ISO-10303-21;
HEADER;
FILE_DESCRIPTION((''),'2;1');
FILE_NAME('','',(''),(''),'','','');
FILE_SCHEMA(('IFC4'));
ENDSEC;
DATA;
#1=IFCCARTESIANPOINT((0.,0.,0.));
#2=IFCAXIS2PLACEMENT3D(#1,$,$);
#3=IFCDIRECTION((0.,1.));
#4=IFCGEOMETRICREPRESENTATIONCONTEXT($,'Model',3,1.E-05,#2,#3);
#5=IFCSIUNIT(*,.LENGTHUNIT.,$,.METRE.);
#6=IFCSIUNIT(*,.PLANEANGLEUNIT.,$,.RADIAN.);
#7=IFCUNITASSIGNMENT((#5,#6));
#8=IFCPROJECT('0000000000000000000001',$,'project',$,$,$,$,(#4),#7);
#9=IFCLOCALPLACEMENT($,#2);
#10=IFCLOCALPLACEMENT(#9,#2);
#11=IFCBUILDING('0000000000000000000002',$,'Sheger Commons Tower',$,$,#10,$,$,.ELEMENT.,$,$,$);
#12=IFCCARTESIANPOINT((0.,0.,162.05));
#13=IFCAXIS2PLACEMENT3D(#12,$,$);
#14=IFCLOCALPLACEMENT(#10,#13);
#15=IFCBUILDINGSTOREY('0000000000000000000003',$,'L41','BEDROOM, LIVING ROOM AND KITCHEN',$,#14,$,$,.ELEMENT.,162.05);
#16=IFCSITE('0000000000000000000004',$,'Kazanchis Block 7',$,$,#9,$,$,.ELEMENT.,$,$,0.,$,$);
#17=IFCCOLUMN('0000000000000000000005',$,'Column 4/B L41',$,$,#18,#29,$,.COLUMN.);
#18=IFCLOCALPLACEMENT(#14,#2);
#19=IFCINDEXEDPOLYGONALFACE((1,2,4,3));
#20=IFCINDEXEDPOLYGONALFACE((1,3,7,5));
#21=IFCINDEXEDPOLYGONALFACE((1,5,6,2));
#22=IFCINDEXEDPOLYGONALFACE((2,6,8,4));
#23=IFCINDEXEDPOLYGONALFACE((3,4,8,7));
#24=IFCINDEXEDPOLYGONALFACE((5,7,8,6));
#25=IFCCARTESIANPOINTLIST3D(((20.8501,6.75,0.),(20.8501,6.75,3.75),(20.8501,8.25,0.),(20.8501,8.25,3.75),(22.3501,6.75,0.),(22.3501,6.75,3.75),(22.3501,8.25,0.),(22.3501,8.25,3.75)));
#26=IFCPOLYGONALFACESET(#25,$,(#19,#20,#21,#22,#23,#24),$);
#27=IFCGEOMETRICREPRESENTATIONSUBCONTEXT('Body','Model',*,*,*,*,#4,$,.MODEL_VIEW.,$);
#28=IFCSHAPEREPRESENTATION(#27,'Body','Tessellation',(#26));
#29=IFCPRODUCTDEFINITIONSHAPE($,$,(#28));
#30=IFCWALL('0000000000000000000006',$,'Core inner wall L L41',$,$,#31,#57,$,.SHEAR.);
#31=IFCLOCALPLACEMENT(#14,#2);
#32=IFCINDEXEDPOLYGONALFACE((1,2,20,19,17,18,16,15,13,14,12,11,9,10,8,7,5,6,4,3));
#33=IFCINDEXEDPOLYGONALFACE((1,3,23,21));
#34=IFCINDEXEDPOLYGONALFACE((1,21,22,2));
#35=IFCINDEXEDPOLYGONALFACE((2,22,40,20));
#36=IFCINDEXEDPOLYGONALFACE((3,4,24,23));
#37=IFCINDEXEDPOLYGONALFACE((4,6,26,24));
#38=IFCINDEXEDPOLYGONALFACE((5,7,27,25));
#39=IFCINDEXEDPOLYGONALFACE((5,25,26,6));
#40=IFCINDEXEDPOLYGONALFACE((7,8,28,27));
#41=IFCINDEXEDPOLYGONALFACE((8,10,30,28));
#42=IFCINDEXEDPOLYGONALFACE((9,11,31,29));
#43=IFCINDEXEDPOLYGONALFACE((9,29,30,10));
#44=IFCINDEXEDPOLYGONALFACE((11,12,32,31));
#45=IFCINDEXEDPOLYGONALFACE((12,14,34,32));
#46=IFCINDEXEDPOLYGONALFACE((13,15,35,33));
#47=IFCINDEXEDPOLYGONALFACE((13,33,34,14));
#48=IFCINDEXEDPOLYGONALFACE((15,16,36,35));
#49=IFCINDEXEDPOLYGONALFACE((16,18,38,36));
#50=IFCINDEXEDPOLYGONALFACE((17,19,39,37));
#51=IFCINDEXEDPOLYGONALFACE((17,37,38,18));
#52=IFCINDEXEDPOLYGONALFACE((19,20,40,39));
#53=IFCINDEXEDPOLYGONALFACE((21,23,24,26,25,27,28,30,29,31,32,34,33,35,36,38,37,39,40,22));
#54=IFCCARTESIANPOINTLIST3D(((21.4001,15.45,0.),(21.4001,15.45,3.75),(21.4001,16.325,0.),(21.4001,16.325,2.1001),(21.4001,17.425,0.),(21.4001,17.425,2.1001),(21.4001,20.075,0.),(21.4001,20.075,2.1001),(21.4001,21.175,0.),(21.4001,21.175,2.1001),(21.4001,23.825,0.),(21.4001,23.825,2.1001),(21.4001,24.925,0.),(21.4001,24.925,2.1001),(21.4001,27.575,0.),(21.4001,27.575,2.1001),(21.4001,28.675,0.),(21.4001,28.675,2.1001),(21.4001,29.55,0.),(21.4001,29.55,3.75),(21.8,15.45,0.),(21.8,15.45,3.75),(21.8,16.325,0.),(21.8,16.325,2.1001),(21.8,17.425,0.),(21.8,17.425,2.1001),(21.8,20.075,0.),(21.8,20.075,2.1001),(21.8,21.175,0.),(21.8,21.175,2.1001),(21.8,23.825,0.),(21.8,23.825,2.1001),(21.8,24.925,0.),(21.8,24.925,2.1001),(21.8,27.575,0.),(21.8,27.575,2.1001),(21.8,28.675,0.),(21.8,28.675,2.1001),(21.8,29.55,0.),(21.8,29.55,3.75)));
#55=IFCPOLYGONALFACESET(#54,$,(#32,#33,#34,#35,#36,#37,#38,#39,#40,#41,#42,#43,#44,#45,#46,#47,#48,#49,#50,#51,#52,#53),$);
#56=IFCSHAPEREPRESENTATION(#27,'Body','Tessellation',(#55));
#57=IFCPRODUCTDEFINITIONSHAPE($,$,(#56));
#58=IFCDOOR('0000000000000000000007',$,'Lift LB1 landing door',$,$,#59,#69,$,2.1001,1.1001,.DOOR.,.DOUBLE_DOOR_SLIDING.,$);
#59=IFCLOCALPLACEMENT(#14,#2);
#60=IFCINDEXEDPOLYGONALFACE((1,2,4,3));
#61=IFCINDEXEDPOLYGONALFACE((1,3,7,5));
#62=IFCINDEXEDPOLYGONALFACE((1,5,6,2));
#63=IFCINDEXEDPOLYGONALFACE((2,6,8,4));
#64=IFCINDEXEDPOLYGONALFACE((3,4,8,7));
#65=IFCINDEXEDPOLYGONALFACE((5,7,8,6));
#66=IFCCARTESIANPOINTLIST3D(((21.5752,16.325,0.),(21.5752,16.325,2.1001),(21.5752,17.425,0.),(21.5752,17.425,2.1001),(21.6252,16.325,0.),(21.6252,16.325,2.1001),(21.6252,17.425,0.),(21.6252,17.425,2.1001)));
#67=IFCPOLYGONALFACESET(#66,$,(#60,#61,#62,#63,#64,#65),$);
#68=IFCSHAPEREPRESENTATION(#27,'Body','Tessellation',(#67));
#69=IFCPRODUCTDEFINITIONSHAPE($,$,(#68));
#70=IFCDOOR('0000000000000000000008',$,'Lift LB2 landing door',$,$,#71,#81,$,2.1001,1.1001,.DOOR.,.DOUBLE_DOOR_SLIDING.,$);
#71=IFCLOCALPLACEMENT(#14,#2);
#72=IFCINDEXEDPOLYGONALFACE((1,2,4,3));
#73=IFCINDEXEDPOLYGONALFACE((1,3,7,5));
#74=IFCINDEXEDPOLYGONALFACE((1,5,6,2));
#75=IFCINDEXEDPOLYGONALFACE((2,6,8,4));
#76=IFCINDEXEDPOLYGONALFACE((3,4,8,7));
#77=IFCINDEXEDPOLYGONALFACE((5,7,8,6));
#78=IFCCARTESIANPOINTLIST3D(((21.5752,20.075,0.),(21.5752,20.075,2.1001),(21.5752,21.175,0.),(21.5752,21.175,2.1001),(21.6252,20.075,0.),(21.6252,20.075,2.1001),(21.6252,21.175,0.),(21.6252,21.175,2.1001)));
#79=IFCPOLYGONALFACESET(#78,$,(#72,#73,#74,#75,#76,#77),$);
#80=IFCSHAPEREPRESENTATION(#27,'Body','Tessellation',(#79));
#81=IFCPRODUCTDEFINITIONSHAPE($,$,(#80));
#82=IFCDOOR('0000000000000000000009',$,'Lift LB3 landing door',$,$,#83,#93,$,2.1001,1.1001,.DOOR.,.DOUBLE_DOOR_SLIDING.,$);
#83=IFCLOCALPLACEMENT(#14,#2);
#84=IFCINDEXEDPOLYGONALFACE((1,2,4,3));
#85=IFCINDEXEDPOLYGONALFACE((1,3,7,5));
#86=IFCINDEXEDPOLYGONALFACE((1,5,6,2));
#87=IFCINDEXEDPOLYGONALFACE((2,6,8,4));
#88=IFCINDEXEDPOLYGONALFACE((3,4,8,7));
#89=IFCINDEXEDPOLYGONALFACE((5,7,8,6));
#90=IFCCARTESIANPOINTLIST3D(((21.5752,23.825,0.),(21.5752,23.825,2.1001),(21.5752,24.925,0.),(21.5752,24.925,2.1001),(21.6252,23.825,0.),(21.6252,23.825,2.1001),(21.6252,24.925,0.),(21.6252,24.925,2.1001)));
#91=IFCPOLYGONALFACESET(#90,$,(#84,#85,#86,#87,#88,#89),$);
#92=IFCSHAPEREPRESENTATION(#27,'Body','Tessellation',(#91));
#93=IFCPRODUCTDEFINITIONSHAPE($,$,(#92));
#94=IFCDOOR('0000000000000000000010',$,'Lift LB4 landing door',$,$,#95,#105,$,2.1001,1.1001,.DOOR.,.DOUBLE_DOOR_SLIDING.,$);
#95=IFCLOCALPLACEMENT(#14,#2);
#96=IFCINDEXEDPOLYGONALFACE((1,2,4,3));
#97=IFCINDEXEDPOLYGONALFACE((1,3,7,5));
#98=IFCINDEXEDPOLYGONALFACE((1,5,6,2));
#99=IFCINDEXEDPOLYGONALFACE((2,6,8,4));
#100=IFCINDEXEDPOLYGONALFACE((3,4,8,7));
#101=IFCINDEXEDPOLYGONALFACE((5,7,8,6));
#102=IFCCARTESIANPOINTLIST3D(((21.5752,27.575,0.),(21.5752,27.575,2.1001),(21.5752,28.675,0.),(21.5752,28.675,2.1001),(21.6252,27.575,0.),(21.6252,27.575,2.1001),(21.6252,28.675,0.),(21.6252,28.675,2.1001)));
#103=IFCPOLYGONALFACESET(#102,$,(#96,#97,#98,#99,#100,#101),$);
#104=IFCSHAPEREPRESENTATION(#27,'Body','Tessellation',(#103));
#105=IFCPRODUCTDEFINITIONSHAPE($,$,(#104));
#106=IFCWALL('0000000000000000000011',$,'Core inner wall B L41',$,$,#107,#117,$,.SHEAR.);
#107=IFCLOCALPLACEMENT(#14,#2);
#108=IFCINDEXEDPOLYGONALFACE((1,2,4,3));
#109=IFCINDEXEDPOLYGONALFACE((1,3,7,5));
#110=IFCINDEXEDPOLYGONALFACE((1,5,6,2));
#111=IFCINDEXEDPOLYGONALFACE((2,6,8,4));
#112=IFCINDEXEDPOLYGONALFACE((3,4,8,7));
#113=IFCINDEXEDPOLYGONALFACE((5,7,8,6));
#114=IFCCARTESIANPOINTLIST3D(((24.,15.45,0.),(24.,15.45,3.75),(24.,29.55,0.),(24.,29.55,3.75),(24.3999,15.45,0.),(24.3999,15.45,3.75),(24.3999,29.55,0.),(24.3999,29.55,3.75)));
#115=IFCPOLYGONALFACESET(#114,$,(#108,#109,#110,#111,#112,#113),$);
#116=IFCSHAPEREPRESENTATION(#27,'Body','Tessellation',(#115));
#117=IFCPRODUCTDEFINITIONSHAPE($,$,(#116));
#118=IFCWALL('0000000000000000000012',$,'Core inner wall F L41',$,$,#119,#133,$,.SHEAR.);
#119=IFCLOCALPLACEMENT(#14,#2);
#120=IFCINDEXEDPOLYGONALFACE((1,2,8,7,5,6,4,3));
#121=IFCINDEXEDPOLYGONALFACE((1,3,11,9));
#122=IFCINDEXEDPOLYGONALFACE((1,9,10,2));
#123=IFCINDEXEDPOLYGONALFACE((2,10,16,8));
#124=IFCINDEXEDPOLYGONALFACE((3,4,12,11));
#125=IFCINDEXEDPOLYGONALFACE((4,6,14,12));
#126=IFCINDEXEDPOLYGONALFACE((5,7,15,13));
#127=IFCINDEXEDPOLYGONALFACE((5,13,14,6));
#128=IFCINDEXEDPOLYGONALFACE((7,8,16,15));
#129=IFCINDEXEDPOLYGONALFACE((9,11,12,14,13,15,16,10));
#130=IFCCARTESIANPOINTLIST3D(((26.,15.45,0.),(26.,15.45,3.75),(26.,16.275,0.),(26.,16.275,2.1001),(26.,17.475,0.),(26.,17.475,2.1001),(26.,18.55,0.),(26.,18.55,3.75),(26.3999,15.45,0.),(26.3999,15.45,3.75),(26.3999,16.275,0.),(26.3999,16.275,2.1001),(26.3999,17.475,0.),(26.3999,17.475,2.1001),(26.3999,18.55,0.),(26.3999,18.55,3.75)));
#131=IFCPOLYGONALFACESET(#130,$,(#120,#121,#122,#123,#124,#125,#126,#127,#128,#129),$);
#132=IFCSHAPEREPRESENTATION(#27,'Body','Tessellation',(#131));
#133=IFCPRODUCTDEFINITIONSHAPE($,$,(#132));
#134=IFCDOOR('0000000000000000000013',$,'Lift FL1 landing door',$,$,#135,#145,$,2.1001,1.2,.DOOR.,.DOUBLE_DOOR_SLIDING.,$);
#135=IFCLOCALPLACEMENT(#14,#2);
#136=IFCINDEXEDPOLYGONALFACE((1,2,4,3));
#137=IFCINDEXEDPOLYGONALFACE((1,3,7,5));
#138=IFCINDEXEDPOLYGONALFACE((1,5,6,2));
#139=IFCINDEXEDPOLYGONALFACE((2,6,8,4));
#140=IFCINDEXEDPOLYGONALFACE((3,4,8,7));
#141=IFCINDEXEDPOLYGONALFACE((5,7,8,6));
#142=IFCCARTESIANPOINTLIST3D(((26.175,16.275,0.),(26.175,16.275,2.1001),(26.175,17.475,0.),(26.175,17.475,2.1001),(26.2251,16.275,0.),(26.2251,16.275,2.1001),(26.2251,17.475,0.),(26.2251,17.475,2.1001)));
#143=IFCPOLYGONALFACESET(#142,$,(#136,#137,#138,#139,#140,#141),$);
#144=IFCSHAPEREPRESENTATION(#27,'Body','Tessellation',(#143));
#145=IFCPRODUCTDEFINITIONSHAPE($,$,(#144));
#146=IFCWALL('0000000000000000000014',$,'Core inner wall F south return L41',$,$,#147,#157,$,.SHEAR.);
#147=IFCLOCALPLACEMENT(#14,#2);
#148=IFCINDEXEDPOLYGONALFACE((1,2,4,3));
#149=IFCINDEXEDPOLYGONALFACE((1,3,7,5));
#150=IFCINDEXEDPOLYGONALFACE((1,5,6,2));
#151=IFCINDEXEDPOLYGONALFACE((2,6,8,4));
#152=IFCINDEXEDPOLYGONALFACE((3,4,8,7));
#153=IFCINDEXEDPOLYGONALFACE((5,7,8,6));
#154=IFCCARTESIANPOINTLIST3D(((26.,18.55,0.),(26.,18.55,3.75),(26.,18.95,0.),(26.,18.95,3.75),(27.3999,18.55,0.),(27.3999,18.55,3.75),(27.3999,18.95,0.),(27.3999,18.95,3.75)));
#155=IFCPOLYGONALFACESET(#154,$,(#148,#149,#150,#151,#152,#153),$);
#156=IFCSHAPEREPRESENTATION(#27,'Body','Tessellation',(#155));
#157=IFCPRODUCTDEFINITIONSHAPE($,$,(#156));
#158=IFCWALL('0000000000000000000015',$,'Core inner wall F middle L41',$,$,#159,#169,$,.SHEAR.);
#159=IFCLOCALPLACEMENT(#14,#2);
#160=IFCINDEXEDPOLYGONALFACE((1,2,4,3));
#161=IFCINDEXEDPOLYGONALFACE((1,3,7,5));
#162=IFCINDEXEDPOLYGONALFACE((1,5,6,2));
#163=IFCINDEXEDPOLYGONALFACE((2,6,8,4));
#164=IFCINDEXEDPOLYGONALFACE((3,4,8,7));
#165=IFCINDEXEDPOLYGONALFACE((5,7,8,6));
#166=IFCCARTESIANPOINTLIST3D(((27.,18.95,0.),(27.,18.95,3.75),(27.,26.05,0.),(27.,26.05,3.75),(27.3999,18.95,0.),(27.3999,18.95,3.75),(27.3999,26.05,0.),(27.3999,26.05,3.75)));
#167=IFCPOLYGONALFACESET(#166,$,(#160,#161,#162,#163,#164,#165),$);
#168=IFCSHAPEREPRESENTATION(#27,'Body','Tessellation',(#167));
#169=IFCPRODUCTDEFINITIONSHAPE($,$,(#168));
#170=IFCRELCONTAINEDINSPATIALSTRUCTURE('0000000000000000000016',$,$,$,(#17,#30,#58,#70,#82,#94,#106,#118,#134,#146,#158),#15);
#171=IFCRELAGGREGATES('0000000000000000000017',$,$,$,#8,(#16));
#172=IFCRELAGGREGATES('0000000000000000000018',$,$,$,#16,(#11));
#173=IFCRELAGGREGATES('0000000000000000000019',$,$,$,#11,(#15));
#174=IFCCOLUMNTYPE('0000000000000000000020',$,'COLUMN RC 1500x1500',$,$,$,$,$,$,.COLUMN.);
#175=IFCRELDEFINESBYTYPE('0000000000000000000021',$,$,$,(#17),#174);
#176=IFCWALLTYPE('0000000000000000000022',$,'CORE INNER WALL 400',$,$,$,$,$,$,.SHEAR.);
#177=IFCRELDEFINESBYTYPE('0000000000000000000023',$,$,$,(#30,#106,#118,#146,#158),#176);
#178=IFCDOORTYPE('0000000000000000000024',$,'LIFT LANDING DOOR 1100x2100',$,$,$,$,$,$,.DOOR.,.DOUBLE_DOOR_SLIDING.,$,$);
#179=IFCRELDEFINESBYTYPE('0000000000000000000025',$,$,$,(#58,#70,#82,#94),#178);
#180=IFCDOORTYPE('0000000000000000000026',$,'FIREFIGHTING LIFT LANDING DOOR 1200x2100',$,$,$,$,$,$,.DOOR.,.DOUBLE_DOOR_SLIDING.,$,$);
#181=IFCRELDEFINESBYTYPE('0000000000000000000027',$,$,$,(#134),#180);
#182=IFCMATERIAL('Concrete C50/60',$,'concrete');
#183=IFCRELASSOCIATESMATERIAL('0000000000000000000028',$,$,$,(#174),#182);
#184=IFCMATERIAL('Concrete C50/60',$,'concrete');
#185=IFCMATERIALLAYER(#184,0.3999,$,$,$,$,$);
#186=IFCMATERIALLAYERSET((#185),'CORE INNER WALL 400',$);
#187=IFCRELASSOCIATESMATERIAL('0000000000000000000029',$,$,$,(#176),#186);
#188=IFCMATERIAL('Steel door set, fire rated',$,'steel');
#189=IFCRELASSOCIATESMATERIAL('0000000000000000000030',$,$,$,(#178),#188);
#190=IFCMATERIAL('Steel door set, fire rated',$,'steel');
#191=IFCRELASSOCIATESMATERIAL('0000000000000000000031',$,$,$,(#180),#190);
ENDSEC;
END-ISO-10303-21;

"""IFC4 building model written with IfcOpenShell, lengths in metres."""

from ifc_helpers import new_model, si_unit, direction, frame, frame_2d, origin, origin_2d, place, context, subcontext, project, spatial, rectangle, extrude, material, layer, layer_set, material_profile, profile_set, type_object, element, fill, save


model = new_model("IFC4")

# Units and contexts
model_context = context("Model", 3, precision=1e-05, world=origin(), true_north=direction((0.0, 1.0)))
body_context = subcontext(model_context, "Body", "Model", "MODEL_VIEW")
ifc_project = project(units=[si_unit("LENGTHUNIT", "METRE"), si_unit("PLANEANGLEUNIT", "RADIAN")], contexts=[model_context])

# Site, building, storey
site_placement = place(None, origin())
site = spatial("IfcSite", under=ifc_project, at=site_placement, Name="Kazanchis Block 7", CompositionType="ELEMENT", RefElevation=0.0)
building_placement = place(site_placement, origin())
building = spatial("IfcBuilding", under=site, at=building_placement, Name="Sheger Commons Tower", CompositionType="ELEMENT")
storey_placement = place(building_placement, frame((0.0, 0.0, 162.05)))
storey = spatial("IfcBuildingStorey", under=building, at=storey_placement, Name="L41", Description="BEDROOM, LIVING ROOM AND KITCHEN", CompositionType="ELEMENT", Elevation=162.05)

# Column
ifc_material_1 = material(Name="Concrete C50/60", Category="concrete")
ifc_material_profile = material_profile(ifc_material_1, rectangle(XDim=1.5, YDim=1.5, at=origin_2d()), Name="RC 1500x1500")
ifc_profile_set = profile_set([ifc_material_profile], Name="Concrete C50/60")
column_type = type_object("IfcColumnType", Name="COLUMN RC 1500x1500", PredefinedType="COLUMN", material=ifc_profile_set)
column_placement = place(storey_placement, frame((21.6001, 7.5, 0.0), z_axis=(0.0, 0.0, 1.0), x_axis=(1.0, 0.0, 0.0)))
element("IfcColumn", 1, at=column_placement, inside=storey, type_object=column_type, Name="Column 4/B L41", PredefinedType="COLUMN", context=body_context, shape_type="SweptSolid", body=[
    extrude(rectangle(XDim=1.5, YDim=1.5, at=origin_2d()), origin(), (0.0, 0.0, 1.0), 3.75),
])

# Wall, openings, doors
ifc_material_2 = material(Name="Concrete C50/60", Category="concrete")
ifc_layer_1 = layer(ifc_material_2, 0.3999)
ifc_layer_set_1 = layer_set([ifc_layer_1], Name="CORE INNER WALL 400")
wall_type_1 = type_object("IfcWallType", Name="CORE INNER WALL 400", PredefinedType="SHEAR", material=ifc_layer_set_1)
wall_1_placement = place(storey_placement, frame((21.6001, 15.45, 0.0), z_axis=(0.0, 0.0, 1.0), x_axis=(0.0, 1.0, 0.0)))
wall_1 = element("IfcWall", 2, at=wall_1_placement, inside=storey, type_object=wall_type_1, Name="Core inner wall L L41", PredefinedType="SHEAR", context=body_context, shape_type="SweptSolid", body=[
    extrude(rectangle(XDim=14.1001, YDim=0.3999, at=frame_2d((7.05, 0.0))), origin(), (0.0, 0.0, 1.0), 3.75),
])
opening_1_placement = place(wall_1_placement, frame((0.875, 0.0, 0.0)))
opening_1 = element("IfcOpeningElement", 3, at=opening_1_placement, cuts=wall_1, PredefinedType="OPENING", context=body_context, shape_type="SweptSolid", body=[
    extrude(rectangle(XDim=1.1001, YDim=2.1001, at=frame_2d((0.55, 1.05))), frame((0.0, 0.21, 0.0), z_axis=(0.0, -1.0, 0.0), x_axis=(1.0, 0.0, 0.0)), (0.0, 0.0, 1.0), 0.4199),
])
opening_2_placement = place(wall_1_placement, frame((4.625, 0.0, 0.0)))
opening_2 = element("IfcOpeningElement", 4, at=opening_2_placement, cuts=wall_1, PredefinedType="OPENING", context=body_context, shape_type="SweptSolid", body=[
    extrude(rectangle(XDim=1.1001, YDim=2.1001, at=frame_2d((0.55, 1.05))), frame((0.0, 0.21, 0.0), z_axis=(0.0, -1.0, 0.0), x_axis=(1.0, 0.0, 0.0)), (0.0, 0.0, 1.0), 0.4199),
])
opening_3_placement = place(wall_1_placement, frame((8.375, 0.0, 0.0)))
opening_3 = element("IfcOpeningElement", 5, at=opening_3_placement, cuts=wall_1, PredefinedType="OPENING", context=body_context, shape_type="SweptSolid", body=[
    extrude(rectangle(XDim=1.1001, YDim=2.1001, at=frame_2d((0.55, 1.05))), frame((0.0, 0.21, 0.0), z_axis=(0.0, -1.0, 0.0), x_axis=(1.0, 0.0, 0.0)), (0.0, 0.0, 1.0), 0.4199),
])
opening_4_placement = place(wall_1_placement, frame((12.125, 0.0, 0.0)))
opening_4 = element("IfcOpeningElement", 6, at=opening_4_placement, cuts=wall_1, PredefinedType="OPENING", context=body_context, shape_type="SweptSolid", body=[
    extrude(rectangle(XDim=1.1001, YDim=2.1001, at=frame_2d((0.55, 1.05))), frame((0.0, 0.21, 0.0), z_axis=(0.0, -1.0, 0.0), x_axis=(1.0, 0.0, 0.0)), (0.0, 0.0, 1.0), 0.4199),
])
ifc_material_3 = material(Name="Steel door set, fire rated", Category="steel")
door_type_1 = type_object("IfcDoorType", Name="LIFT LANDING DOOR 1100x2100", OperationType="DOUBLE_DOOR_SLIDING", PredefinedType="DOOR", material=ifc_material_3)
door_1_placement = place(opening_1_placement, origin())
door_1 = element("IfcDoor", 7, at=door_1_placement, inside=storey, type_object=door_type_1, Name="Lift LB1 landing door", OperationType="DOUBLE_DOOR_SLIDING", OverallHeight=2.1001, OverallWidth=1.1001, PredefinedType="DOOR", context=body_context, shape_type="SweptSolid", body=[
    extrude(rectangle(XDim=1.1001, YDim=2.1001, at=frame_2d((0.55, 1.05))), frame((0.0, 0.0249, 0.0), z_axis=(0.0, -1.0, 0.0), x_axis=(1.0, 0.0, 0.0)), (0.0, 0.0, 1.0), 0.05),
])
fill(opening_1, door_1)
door_2_placement = place(opening_2_placement, origin())
door_2 = element("IfcDoor", 8, at=door_2_placement, inside=storey, type_object=door_type_1, Name="Lift LB2 landing door", OperationType="DOUBLE_DOOR_SLIDING", OverallHeight=2.1001, OverallWidth=1.1001, PredefinedType="DOOR", context=body_context, shape_type="SweptSolid", body=[
    extrude(rectangle(XDim=1.1001, YDim=2.1001, at=frame_2d((0.55, 1.05))), frame((0.0, 0.0249, 0.0), z_axis=(0.0, -1.0, 0.0), x_axis=(1.0, 0.0, 0.0)), (0.0, 0.0, 1.0), 0.05),
])
fill(opening_2, door_2)
door_3_placement = place(opening_3_placement, origin())
door_3 = element("IfcDoor", 9, at=door_3_placement, inside=storey, type_object=door_type_1, Name="Lift LB3 landing door", OperationType="DOUBLE_DOOR_SLIDING", OverallHeight=2.1001, OverallWidth=1.1001, PredefinedType="DOOR", context=body_context, shape_type="SweptSolid", body=[
    extrude(rectangle(XDim=1.1001, YDim=2.1001, at=frame_2d((0.55, 1.05))), frame((0.0, 0.0249, 0.0), z_axis=(0.0, -1.0, 0.0), x_axis=(1.0, 0.0, 0.0)), (0.0, 0.0, 1.0), 0.05),
])
fill(opening_3, door_3)
door_4_placement = place(opening_4_placement, origin())
door_4 = element("IfcDoor", 10, at=door_4_placement, inside=storey, type_object=door_type_1, Name="Lift LB4 landing door", OperationType="DOUBLE_DOOR_SLIDING", OverallHeight=2.1001, OverallWidth=1.1001, PredefinedType="DOOR", context=body_context, shape_type="SweptSolid", body=[
    extrude(rectangle(XDim=1.1001, YDim=2.1001, at=frame_2d((0.55, 1.05))), frame((0.0, 0.0249, 0.0), z_axis=(0.0, -1.0, 0.0), x_axis=(1.0, 0.0, 0.0)), (0.0, 0.0, 1.0), 0.05),
])
fill(opening_4, door_4)

# Wall
wall_2_placement = place(storey_placement, frame((24.2, 15.45, 0.0), z_axis=(0.0, 0.0, 1.0), x_axis=(0.0, 1.0, 0.0)))
element("IfcWall", 11, at=wall_2_placement, inside=storey, type_object=wall_type_1, Name="Core inner wall B L41", PredefinedType="SHEAR", context=body_context, shape_type="SweptSolid", body=[
    extrude(rectangle(XDim=14.1001, YDim=0.3999, at=frame_2d((7.05, 0.0))), origin(), (0.0, 0.0, 1.0), 3.75),
])

# Wall, opening, door
wall_3_placement = place(storey_placement, frame((26.2, 15.45, 0.0), z_axis=(0.0, 0.0, 1.0), x_axis=(0.0, 1.0, 0.0)))
wall_3 = element("IfcWall", 12, at=wall_3_placement, inside=storey, type_object=wall_type_1, Name="Core inner wall F L41", PredefinedType="SHEAR", context=body_context, shape_type="SweptSolid", body=[
    extrude(rectangle(XDim=3.1001, YDim=0.3999, at=frame_2d((1.55, 0.0))), origin(), (0.0, 0.0, 1.0), 3.75),
])
opening_5_placement = place(wall_3_placement, frame((0.825, 0.0, 0.0)))
opening_5 = element("IfcOpeningElement", 13, at=opening_5_placement, cuts=wall_3, PredefinedType="OPENING", context=body_context, shape_type="SweptSolid", body=[
    extrude(rectangle(XDim=1.2, YDim=2.1001, at=frame_2d((0.6001, 1.05))), frame((0.0, 0.21, 0.0), z_axis=(0.0, -1.0, 0.0), x_axis=(1.0, 0.0, 0.0)), (0.0, 0.0, 1.0), 0.4199),
])
ifc_material_4 = material(Name="Steel door set, fire rated", Category="steel")
door_type_2 = type_object("IfcDoorType", Name="FIREFIGHTING LIFT LANDING DOOR 1200x2100", OperationType="DOUBLE_DOOR_SLIDING", PredefinedType="DOOR", material=ifc_material_4)
door_5_placement = place(opening_5_placement, origin())
door_5 = element("IfcDoor", 14, at=door_5_placement, inside=storey, type_object=door_type_2, Name="Lift FL1 landing door", OperationType="DOUBLE_DOOR_SLIDING", OverallHeight=2.1001, OverallWidth=1.2, PredefinedType="DOOR", context=body_context, shape_type="SweptSolid", body=[
    extrude(rectangle(XDim=1.2, YDim=2.1001, at=frame_2d((0.6001, 1.05))), frame((0.0, 0.0249, 0.0), z_axis=(0.0, -1.0, 0.0), x_axis=(1.0, 0.0, 0.0)), (0.0, 0.0, 1.0), 0.05),
])
fill(opening_5, door_5)

# Walls
wall_4_placement = place(storey_placement, frame((26.0, 18.75, 0.0), z_axis=(0.0, 0.0, 1.0), x_axis=(1.0, 0.0, 0.0)))
element("IfcWall", 15, at=wall_4_placement, inside=storey, type_object=wall_type_1, Name="Core inner wall F south return L41", PredefinedType="SHEAR", context=body_context, shape_type="SweptSolid", body=[
    extrude(rectangle(XDim=1.3999, YDim=0.3999, at=frame_2d((0.7, 0.0))), origin(), (0.0, 0.0, 1.0), 3.75),
])
wall_5_placement = place(storey_placement, frame((27.2, 18.95, 0.0), z_axis=(0.0, 0.0, 1.0), x_axis=(0.0, 1.0, 0.0)))
element("IfcWall", 16, at=wall_5_placement, inside=storey, type_object=wall_type_1, Name="Core inner wall F middle L41", PredefinedType="SHEAR", context=body_context, shape_type="SweptSolid", body=[
    extrude(rectangle(XDim=7.1001, YDim=0.3999, at=frame_2d((3.55, 0.0))), origin(), (0.0, 0.0, 1.0), 3.75),
])

save(model, "model.ifc")
